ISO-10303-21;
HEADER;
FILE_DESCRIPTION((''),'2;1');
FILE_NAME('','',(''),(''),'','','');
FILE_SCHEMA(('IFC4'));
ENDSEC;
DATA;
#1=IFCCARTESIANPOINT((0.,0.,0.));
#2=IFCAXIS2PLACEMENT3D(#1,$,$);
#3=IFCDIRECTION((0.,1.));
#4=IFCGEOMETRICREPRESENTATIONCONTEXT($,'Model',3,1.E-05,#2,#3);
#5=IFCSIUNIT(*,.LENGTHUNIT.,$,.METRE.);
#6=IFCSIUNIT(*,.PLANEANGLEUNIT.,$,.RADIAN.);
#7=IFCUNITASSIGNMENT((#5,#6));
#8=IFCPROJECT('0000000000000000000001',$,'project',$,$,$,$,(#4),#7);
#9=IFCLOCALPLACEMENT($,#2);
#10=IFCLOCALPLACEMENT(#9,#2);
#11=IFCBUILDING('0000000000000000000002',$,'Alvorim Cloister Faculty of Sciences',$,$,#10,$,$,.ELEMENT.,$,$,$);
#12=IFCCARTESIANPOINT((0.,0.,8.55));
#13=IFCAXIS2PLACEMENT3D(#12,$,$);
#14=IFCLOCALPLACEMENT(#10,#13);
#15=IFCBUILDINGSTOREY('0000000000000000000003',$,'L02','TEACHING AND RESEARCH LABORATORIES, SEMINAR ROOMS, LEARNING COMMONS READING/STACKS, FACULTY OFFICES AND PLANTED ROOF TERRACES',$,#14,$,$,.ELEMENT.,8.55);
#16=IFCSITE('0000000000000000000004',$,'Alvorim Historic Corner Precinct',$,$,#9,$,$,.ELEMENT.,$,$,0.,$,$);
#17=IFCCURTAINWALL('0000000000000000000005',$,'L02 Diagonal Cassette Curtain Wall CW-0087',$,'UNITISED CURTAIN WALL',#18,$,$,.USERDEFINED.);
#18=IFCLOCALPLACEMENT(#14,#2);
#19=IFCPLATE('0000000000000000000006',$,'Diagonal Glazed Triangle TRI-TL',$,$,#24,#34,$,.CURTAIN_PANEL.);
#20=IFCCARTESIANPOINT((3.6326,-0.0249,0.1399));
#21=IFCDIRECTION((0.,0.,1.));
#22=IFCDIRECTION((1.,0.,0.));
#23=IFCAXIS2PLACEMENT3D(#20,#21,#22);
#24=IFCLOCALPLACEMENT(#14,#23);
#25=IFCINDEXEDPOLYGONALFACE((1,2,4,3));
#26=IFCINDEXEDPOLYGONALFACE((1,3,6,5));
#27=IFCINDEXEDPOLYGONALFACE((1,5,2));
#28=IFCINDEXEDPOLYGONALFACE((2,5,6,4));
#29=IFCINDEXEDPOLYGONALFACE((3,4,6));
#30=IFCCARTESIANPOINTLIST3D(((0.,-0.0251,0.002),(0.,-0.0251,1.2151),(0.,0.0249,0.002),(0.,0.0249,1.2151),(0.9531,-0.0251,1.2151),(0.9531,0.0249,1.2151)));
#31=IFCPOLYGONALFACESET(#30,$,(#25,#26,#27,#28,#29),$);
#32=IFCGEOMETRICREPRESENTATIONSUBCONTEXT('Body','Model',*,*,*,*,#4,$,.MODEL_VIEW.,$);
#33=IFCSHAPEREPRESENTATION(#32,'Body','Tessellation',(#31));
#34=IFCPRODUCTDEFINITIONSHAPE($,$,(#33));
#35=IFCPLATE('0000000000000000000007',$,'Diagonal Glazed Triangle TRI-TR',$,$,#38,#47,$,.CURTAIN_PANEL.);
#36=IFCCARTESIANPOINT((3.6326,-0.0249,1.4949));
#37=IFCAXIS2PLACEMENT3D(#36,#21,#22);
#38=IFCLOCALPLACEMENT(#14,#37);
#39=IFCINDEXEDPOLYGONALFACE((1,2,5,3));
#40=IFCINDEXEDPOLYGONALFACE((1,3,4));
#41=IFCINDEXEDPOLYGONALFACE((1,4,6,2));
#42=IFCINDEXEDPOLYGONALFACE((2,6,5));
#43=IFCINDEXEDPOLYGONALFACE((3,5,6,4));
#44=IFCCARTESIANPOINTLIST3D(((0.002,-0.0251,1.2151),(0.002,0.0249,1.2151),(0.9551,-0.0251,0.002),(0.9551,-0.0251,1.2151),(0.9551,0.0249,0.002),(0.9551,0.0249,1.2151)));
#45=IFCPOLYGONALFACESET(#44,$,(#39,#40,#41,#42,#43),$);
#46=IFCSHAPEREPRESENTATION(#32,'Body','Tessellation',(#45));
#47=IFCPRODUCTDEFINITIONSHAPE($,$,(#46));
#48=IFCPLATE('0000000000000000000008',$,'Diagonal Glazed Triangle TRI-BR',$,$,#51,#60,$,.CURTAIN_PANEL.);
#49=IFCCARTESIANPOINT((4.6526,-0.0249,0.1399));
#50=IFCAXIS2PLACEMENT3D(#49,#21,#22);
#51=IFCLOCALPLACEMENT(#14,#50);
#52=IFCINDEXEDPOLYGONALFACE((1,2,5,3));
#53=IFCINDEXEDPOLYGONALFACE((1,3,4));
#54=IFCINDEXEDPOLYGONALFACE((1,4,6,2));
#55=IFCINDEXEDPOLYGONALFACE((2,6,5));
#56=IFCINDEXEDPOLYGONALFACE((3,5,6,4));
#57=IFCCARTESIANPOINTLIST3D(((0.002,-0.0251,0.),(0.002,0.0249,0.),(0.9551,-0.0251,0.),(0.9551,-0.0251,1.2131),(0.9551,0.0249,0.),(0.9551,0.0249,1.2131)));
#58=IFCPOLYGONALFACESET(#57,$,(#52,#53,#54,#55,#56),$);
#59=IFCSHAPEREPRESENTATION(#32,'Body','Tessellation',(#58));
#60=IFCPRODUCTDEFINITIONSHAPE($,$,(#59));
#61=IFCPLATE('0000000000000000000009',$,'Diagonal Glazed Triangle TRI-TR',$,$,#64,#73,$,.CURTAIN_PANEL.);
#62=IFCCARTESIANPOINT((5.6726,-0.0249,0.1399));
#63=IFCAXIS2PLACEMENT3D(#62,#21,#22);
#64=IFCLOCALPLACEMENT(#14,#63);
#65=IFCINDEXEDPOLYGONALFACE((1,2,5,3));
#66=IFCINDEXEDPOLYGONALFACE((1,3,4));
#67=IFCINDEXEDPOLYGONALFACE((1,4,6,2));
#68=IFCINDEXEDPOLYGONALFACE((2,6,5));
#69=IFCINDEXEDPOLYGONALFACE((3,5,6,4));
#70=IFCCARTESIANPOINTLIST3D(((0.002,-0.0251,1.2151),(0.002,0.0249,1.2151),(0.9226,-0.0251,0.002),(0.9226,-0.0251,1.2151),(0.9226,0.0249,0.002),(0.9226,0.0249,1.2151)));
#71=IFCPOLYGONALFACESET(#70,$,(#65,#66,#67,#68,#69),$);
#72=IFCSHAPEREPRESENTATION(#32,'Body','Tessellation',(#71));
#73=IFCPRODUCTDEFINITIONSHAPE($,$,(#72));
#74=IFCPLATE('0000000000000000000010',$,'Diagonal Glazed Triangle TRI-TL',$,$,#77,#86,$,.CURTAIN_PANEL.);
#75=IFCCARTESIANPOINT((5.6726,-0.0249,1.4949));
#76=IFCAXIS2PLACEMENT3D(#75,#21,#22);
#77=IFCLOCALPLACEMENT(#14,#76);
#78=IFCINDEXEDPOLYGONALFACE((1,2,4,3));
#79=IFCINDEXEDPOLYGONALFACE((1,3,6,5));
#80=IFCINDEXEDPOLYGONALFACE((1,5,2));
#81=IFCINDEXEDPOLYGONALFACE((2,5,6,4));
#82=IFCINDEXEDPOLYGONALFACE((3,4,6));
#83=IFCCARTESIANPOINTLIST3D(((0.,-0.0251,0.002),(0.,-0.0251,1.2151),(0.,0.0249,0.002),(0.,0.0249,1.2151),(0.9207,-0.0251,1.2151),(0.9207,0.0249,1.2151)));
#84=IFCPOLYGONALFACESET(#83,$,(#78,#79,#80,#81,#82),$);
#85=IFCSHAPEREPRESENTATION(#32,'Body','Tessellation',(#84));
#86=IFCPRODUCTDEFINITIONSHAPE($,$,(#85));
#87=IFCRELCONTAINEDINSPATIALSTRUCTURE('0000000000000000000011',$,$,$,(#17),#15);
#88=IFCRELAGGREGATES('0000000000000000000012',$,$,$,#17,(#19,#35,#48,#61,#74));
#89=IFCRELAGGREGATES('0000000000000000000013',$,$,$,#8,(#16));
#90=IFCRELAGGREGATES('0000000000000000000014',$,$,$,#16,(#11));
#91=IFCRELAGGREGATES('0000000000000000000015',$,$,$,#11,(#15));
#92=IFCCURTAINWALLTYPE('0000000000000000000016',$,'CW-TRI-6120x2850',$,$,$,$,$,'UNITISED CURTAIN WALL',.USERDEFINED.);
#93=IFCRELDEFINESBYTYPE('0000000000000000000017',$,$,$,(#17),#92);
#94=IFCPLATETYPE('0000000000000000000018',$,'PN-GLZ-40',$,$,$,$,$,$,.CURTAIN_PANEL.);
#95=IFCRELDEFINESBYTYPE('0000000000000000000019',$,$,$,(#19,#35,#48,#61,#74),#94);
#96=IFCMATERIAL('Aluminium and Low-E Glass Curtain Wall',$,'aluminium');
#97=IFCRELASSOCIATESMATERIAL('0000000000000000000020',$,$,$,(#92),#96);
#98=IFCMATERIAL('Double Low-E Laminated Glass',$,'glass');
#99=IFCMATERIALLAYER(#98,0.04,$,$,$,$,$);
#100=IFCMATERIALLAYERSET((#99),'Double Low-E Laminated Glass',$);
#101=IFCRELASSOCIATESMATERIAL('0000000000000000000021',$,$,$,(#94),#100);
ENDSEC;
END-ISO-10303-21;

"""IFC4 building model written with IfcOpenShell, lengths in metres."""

from ifc_helpers import new_model, si_unit, direction, frame, origin, place, context, subcontext, project, spatial, polyline, outline, extrude, material, layer, layer_set, type_object, element, aggregate, save


model = new_model("IFC4")

# Units and contexts
model_context = context("Model", 3, precision=1e-05, world=origin(), true_north=direction((0.0, 1.0)))
body_context = subcontext(model_context, "Body", "Model", "MODEL_VIEW")
ifc_project = project(units=[si_unit("LENGTHUNIT", "METRE"), si_unit("PLANEANGLEUNIT", "RADIAN")], contexts=[model_context])

# Site, building, storey
site_placement = place(None, origin())
site = spatial("IfcSite", under=ifc_project, at=site_placement, Name="Alvorim Historic Corner Precinct", CompositionType="ELEMENT", RefElevation=0.0)
building_placement = place(site_placement, origin())
building = spatial("IfcBuilding", under=site, at=building_placement, Name="Alvorim Cloister Faculty of Sciences", CompositionType="ELEMENT")
storey_placement = place(building_placement, frame((0.0, 0.0, 8.55)))
storey = spatial("IfcBuildingStorey", under=building, at=storey_placement, Name="L02", Description="TEACHING AND RESEARCH LABORATORIES, SEMINAR ROOMS, LEARNING COMMONS READING/STACKS, FACULTY OFFICES AND PLANTED ROOF TERRACES", CompositionType="ELEMENT", Elevation=8.55)

# Curtain wall, plates
ifc_material_1 = material(Name="Aluminium and Low-E Glass Curtain Wall", Category="aluminium")
curtain_wall_type = type_object("IfcCurtainWallType", Name="CW-TRI-6120x2850", ElementType="UNITISED CURTAIN WALL", PredefinedType="USERDEFINED", material=ifc_material_1)
curtain_wall_placement = place(storey_placement, origin())
curtain_wall = element("IfcCurtainWall", 1, at=curtain_wall_placement, inside=storey, type_object=curtain_wall_type, Name="L02 Diagonal Cassette Curtain Wall CW-0087", ObjectType="UNITISED CURTAIN WALL", PredefinedType="USERDEFINED")
ifc_material_2 = material(Name="Double Low-E Laminated Glass", Category="glass")
ifc_layer = layer(ifc_material_2, 0.04)
ifc_layer_set = layer_set([ifc_layer], Name="Double Low-E Laminated Glass")
plate_type = type_object("IfcPlateType", Name="PN-GLZ-40", PredefinedType="CURTAIN_PANEL", material=ifc_layer_set)
plate_1_placement = place(storey_placement, frame((3.6326, -0.0249, 0.1399), z_axis=(0.0, 0.0, 1.0), x_axis=(1.0, 0.0, 0.0)))
plate_1 = element("IfcPlate", 2, at=plate_1_placement, type_object=plate_type, Name="Diagonal Glazed Triangle TRI-TL", PredefinedType="CURTAIN_PANEL", context=body_context, shape_type="SweptSolid", body=[
    extrude(outline(polyline([(0.9531, 1.2151), (0.0, 1.2151), (0.0, 0.002), (0.9531, 1.2151)])), frame((0.0, 0.0249, 0.0), z_axis=(0.0, -1.0, 0.0), x_axis=(1.0, 0.0, 0.0)), (0.0, 0.0, 1.0), 0.05),
])
plate_2_placement = place(storey_placement, frame((3.6326, -0.0249, 1.4949), z_axis=(0.0, 0.0, 1.0), x_axis=(1.0, 0.0, 0.0)))
plate_2 = element("IfcPlate", 3, at=plate_2_placement, type_object=plate_type, Name="Diagonal Glazed Triangle TRI-TR", PredefinedType="CURTAIN_PANEL", context=body_context, shape_type="SweptSolid", body=[
    extrude(outline(polyline([(0.9551, 0.002), (0.9551, 1.2151), (0.002, 1.2151), (0.9551, 0.002)])), frame((0.0, 0.0249, 0.0), z_axis=(0.0, -1.0, 0.0), x_axis=(1.0, 0.0, 0.0)), (0.0, 0.0, 1.0), 0.05),
])
plate_3_placement = place(storey_placement, frame((4.6526, -0.0249, 0.1399), z_axis=(0.0, 0.0, 1.0), x_axis=(1.0, 0.0, 0.0)))
plate_3 = element("IfcPlate", 4, at=plate_3_placement, type_object=plate_type, Name="Diagonal Glazed Triangle TRI-BR", PredefinedType="CURTAIN_PANEL", context=body_context, shape_type="SweptSolid", body=[
    extrude(outline(polyline([(0.002, 0.0), (0.9551, 0.0), (0.9551, 1.2131), (0.002, 0.0)])), frame((0.0, 0.0249, 0.0), z_axis=(0.0, -1.0, 0.0), x_axis=(1.0, 0.0, 0.0)), (0.0, 0.0, 1.0), 0.05),
])
plate_4_placement = place(storey_placement, frame((5.6726, -0.0249, 0.1399), z_axis=(0.0, 0.0, 1.0), x_axis=(1.0, 0.0, 0.0)))
plate_4 = element("IfcPlate", 5, at=plate_4_placement, type_object=plate_type, Name="Diagonal Glazed Triangle TRI-TR", PredefinedType="CURTAIN_PANEL", context=body_context, shape_type="SweptSolid", body=[
    extrude(outline(polyline([(0.9226, 0.002), (0.9226, 1.2151), (0.002, 1.2151), (0.9226, 0.002)])), frame((0.0, 0.0249, 0.0), z_axis=(0.0, -1.0, 0.0), x_axis=(1.0, 0.0, 0.0)), (0.0, 0.0, 1.0), 0.05),
])
plate_5_placement = place(storey_placement, frame((5.6726, -0.0249, 1.4949), z_axis=(0.0, 0.0, 1.0), x_axis=(1.0, 0.0, 0.0)))
plate_5 = element("IfcPlate", 6, at=plate_5_placement, type_object=plate_type, Name="Diagonal Glazed Triangle TRI-TL", PredefinedType="CURTAIN_PANEL", context=body_context, shape_type="SweptSolid", body=[
    extrude(outline(polyline([(0.9207, 1.2151), (0.0, 1.2151), (0.0, 0.002), (0.9207, 1.2151)])), frame((0.0, 0.0249, 0.0), z_axis=(0.0, -1.0, 0.0), x_axis=(1.0, 0.0, 0.0)), (0.0, 0.0, 1.0), 0.05),
])
aggregate(curtain_wall, [plate_1, plate_2, plate_3, plate_4, plate_5])

save(model, "model.ifc")
